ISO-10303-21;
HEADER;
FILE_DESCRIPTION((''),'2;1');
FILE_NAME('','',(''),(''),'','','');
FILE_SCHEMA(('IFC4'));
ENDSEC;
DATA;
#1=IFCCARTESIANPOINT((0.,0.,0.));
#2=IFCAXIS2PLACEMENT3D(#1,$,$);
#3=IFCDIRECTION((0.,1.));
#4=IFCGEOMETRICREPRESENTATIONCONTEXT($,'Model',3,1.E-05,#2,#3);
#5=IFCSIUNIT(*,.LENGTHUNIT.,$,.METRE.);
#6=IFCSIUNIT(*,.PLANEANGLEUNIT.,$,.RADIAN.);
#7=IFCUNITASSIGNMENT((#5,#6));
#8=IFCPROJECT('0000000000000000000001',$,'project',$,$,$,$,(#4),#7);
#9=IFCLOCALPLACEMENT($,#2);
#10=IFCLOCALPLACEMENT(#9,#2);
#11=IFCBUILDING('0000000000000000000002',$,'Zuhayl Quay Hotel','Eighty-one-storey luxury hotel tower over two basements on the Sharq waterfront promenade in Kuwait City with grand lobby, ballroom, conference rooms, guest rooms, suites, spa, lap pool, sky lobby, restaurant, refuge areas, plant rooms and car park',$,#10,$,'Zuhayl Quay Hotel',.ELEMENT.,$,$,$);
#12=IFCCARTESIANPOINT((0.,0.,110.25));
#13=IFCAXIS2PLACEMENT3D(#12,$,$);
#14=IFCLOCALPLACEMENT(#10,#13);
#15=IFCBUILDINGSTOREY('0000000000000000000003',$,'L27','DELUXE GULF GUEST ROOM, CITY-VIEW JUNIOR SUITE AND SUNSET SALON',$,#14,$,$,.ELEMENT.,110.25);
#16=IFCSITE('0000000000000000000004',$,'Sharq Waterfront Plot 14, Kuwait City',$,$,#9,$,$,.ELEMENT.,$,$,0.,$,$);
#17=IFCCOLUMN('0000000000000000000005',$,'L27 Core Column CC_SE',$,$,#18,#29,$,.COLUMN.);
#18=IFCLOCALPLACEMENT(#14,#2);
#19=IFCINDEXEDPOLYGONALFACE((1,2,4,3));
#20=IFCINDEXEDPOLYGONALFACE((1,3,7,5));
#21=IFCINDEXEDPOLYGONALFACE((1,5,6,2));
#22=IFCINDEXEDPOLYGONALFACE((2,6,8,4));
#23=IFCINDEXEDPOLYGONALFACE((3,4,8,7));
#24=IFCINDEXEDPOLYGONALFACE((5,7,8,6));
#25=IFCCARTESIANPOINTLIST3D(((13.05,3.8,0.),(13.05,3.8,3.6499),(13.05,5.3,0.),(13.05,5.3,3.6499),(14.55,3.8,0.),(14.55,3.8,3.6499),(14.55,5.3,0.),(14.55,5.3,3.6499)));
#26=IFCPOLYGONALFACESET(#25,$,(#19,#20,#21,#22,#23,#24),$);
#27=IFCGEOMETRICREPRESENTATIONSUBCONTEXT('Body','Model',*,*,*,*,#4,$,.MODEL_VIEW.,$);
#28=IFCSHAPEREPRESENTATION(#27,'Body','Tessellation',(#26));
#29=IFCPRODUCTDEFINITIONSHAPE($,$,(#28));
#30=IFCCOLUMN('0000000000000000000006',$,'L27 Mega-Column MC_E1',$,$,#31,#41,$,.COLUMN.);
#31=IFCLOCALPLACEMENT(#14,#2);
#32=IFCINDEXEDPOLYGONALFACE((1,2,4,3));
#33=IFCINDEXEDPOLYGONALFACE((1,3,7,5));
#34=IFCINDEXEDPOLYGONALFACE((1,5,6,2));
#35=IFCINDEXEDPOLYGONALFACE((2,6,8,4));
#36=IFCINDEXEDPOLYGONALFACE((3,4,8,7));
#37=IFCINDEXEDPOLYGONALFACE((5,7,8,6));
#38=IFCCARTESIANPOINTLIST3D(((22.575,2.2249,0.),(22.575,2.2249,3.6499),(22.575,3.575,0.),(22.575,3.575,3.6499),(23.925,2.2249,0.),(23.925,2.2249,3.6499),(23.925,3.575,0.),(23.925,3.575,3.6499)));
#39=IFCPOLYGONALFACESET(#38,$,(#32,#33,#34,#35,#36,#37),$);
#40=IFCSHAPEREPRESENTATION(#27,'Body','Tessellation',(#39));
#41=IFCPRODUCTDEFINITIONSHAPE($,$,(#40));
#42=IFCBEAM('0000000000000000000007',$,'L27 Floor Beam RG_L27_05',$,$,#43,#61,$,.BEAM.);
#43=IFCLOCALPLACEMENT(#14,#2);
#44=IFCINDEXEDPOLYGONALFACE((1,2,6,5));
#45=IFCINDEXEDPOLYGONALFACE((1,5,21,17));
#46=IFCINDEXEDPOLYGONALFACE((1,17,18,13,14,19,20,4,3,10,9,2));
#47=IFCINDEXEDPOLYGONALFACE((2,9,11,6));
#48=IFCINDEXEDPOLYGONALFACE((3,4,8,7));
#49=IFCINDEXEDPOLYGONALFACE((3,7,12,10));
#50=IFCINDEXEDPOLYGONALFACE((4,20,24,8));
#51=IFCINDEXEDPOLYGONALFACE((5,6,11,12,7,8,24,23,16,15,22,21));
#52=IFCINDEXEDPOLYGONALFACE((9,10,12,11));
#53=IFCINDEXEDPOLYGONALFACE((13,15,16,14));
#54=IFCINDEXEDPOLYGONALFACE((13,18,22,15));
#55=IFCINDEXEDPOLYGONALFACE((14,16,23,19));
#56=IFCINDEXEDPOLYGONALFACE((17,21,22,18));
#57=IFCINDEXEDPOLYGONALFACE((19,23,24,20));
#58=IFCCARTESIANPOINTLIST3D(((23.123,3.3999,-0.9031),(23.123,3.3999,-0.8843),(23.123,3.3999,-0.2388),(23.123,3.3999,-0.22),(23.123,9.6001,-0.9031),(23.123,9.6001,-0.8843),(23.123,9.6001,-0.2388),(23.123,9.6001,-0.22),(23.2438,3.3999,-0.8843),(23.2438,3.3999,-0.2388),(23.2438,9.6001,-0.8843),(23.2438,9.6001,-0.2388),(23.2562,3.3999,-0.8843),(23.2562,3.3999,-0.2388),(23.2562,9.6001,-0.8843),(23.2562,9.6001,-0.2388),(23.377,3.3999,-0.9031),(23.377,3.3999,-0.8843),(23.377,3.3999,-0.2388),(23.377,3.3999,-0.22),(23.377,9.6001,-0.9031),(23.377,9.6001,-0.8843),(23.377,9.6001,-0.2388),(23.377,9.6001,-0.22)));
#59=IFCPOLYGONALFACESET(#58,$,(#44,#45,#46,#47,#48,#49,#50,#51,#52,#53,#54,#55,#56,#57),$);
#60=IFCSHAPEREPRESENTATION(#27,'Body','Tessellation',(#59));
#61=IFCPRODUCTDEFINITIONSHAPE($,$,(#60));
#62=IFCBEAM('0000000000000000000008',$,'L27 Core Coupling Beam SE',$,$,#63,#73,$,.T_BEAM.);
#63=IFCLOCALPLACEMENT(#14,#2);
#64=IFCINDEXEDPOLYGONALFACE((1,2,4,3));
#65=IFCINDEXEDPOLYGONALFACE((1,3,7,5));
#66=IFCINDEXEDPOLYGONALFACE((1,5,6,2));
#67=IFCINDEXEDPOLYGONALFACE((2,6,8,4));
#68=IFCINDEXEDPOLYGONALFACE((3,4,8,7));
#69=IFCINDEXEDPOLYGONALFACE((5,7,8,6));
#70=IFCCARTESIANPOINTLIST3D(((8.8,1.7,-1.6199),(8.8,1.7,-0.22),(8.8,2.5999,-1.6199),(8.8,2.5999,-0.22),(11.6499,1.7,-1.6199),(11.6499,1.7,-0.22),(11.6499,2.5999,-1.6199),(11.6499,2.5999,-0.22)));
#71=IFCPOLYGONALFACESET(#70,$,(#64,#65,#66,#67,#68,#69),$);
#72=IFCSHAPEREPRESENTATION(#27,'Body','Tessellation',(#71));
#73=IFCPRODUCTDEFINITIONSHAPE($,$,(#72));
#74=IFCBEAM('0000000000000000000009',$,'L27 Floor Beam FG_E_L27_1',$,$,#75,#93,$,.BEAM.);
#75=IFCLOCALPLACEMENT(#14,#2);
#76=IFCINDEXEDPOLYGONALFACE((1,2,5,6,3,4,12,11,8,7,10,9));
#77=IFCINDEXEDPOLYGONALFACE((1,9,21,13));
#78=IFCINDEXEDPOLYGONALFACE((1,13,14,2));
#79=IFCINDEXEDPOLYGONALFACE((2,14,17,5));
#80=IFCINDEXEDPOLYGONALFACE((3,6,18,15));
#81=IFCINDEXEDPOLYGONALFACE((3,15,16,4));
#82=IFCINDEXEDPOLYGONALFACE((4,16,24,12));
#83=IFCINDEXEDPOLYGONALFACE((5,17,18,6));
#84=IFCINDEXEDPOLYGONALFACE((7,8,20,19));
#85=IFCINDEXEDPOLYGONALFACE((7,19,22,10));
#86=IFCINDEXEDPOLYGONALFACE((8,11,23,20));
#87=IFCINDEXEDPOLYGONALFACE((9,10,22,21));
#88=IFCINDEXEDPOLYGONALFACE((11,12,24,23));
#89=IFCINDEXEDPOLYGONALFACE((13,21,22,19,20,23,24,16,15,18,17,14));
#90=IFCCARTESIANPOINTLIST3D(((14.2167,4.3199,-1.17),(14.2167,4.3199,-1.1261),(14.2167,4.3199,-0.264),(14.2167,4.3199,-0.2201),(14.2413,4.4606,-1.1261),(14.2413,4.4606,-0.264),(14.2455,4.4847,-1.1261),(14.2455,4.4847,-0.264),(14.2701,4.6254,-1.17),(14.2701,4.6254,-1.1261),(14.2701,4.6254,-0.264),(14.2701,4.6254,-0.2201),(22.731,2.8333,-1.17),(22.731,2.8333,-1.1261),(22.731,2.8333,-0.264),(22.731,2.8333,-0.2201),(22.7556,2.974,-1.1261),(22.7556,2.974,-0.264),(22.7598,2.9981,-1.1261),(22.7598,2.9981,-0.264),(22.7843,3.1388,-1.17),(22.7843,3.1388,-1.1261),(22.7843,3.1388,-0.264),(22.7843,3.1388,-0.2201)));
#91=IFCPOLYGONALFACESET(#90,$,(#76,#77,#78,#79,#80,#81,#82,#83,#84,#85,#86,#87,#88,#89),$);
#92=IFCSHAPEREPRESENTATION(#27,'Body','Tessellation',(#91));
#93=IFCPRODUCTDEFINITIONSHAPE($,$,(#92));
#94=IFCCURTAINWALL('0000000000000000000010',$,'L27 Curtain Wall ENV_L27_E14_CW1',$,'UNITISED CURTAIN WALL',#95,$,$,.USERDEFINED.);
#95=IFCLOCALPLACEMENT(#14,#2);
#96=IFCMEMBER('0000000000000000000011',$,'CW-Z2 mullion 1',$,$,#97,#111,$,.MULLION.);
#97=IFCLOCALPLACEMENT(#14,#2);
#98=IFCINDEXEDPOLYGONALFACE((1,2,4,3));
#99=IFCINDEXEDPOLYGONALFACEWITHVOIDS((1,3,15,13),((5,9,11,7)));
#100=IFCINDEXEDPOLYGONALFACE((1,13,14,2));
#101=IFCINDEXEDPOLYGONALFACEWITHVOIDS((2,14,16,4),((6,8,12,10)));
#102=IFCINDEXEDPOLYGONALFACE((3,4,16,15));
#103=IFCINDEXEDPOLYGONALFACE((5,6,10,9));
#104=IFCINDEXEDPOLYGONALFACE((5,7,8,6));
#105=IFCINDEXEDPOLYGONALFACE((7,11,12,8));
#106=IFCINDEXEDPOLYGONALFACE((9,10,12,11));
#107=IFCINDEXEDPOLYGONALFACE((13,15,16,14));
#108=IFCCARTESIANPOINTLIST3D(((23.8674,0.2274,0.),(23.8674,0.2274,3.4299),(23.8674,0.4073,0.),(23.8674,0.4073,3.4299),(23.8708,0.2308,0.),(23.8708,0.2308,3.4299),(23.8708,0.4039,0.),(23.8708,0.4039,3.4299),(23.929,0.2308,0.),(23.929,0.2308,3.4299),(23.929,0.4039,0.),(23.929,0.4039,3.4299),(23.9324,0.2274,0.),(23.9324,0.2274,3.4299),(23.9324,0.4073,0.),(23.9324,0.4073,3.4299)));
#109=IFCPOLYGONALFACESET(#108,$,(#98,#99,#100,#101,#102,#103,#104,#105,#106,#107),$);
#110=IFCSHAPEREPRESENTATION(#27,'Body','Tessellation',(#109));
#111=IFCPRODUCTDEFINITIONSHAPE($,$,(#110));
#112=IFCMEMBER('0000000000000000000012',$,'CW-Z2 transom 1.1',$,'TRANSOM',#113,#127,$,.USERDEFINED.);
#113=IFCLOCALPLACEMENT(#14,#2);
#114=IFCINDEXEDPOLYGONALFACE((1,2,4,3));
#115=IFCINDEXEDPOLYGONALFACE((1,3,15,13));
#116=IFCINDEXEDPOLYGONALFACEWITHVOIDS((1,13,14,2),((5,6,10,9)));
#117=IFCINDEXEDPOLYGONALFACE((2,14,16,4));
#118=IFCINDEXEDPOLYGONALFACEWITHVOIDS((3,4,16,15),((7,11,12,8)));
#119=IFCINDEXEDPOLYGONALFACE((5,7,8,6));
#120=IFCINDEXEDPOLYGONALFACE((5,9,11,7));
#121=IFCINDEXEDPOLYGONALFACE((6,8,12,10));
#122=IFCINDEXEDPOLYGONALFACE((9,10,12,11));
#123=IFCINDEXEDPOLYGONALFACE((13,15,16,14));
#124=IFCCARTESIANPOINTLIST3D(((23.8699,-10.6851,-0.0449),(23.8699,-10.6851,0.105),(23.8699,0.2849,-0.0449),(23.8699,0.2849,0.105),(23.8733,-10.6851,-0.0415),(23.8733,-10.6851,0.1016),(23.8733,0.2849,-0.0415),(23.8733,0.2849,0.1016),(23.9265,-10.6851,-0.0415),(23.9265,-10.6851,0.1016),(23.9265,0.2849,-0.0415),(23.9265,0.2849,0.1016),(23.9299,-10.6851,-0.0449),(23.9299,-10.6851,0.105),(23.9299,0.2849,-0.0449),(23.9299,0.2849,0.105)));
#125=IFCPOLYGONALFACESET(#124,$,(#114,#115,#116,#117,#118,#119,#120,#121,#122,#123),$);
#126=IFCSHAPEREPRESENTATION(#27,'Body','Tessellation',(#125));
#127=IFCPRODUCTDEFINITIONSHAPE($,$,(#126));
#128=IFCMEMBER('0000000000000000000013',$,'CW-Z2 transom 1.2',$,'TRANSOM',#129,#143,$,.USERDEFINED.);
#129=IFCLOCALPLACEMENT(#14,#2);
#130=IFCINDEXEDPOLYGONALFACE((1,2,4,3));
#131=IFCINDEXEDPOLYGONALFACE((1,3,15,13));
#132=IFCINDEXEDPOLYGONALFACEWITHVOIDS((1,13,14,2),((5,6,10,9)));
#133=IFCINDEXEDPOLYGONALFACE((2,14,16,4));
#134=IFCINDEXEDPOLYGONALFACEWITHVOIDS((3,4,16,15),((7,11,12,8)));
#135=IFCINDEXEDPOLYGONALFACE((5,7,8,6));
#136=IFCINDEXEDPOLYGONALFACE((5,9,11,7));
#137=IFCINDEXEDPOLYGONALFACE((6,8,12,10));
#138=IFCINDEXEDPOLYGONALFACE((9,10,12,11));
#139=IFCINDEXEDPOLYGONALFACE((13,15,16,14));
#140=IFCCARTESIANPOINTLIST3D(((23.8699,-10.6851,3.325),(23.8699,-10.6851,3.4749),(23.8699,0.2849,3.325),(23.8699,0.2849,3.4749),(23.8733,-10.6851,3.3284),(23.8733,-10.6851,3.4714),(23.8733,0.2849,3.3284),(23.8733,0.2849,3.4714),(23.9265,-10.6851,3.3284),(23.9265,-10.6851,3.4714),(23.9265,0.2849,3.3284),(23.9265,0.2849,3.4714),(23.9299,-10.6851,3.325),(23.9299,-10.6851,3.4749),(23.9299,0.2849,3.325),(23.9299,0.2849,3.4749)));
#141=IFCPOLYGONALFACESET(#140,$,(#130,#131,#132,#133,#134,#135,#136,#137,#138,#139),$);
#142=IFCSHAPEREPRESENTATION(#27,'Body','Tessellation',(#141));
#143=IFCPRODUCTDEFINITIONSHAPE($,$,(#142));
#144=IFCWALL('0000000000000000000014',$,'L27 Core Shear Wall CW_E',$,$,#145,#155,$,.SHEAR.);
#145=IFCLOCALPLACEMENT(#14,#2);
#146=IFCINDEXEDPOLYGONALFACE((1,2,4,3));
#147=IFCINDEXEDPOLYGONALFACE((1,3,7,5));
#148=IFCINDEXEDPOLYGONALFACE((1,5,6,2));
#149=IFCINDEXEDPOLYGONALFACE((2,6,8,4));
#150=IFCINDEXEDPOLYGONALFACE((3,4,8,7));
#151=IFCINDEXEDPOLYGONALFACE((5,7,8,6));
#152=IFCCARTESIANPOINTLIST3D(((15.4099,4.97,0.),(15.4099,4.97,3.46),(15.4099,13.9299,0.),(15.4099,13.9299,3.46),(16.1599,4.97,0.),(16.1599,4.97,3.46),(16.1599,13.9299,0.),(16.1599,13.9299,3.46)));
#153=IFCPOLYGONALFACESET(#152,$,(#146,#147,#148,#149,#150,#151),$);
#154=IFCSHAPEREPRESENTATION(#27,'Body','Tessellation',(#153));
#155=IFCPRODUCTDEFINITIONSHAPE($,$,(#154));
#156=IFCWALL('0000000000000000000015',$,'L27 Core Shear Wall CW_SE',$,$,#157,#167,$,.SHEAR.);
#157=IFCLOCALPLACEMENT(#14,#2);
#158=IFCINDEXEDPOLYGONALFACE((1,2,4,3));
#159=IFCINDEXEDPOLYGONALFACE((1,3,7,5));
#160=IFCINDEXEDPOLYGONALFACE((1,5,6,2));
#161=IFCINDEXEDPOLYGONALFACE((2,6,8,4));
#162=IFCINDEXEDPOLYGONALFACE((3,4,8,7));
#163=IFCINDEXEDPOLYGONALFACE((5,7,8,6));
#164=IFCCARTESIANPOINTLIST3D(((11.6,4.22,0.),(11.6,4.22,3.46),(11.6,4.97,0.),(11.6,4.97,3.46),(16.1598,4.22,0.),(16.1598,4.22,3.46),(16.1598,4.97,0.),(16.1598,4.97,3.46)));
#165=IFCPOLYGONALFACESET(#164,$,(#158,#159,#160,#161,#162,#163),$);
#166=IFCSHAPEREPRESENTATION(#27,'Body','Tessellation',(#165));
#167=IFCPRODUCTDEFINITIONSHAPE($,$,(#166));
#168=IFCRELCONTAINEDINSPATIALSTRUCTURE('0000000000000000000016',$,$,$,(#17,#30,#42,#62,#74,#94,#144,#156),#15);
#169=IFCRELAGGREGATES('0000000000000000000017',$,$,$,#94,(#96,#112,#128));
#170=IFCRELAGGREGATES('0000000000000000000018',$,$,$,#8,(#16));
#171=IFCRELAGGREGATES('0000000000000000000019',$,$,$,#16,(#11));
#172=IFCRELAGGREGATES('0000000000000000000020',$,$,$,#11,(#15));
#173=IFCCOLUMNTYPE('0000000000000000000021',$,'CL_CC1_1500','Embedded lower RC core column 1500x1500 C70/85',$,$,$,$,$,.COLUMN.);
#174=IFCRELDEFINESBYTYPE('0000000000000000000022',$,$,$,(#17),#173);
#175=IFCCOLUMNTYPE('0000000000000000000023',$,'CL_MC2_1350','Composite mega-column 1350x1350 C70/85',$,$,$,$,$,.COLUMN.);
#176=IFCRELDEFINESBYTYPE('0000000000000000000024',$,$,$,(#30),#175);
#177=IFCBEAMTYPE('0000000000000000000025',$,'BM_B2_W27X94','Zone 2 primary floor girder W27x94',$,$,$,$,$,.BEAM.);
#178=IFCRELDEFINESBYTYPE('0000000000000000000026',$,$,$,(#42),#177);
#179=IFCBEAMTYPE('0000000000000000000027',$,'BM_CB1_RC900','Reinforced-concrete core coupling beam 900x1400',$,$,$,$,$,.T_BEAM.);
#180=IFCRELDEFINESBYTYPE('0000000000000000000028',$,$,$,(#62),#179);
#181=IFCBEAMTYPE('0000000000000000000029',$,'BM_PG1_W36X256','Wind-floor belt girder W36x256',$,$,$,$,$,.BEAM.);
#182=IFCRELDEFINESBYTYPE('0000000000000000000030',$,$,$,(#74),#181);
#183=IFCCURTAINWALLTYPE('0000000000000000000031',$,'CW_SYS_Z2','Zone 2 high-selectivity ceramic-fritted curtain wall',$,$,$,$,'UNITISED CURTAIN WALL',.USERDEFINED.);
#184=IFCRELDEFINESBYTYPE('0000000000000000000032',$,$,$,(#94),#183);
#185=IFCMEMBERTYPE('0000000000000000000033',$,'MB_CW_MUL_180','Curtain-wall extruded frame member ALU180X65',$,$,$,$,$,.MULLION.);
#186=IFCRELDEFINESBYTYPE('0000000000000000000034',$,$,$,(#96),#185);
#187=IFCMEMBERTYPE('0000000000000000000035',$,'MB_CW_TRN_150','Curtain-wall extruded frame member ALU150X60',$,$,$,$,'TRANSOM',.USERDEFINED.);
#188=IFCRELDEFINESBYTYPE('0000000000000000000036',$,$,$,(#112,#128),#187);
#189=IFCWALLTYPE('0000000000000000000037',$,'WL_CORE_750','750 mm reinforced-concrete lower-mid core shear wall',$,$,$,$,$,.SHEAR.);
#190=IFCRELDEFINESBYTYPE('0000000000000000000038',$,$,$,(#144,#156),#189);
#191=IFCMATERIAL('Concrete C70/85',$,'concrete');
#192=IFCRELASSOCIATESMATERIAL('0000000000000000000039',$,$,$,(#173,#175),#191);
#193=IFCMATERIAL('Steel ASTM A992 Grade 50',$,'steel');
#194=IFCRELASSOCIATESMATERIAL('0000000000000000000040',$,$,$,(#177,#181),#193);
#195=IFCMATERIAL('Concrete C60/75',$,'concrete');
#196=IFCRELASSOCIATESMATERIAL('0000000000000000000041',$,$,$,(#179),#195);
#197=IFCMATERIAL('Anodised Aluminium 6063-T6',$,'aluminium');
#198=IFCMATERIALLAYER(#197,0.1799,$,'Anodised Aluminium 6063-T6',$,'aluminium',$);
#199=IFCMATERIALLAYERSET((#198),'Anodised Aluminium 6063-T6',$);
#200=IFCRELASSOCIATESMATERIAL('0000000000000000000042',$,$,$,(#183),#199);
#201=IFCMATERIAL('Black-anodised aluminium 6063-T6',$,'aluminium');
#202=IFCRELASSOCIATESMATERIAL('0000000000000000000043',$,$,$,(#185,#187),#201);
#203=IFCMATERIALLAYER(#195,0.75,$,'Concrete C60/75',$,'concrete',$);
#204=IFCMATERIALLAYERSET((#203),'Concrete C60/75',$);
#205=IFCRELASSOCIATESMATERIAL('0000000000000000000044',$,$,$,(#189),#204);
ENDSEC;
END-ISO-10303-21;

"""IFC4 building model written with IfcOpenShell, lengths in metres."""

from ifc_helpers import new_model, si_unit, direction, frame, frame_2d, origin, origin_2d, place, context, subcontext, project, spatial, rectangle, hollow_rectangle, i_section, extrude, material, layer, layer_set, material_profile, profile_set, type_object, element, aggregate, save


model = new_model("IFC4")

# Units and contexts
model_context = context("Model", 3, precision=1e-05, world=origin(), true_north=direction((0.0, 1.0)))
body_context = subcontext(model_context, "Body", "Model", "MODEL_VIEW")
ifc_project = project(units=[si_unit("LENGTHUNIT", "METRE"), si_unit("PLANEANGLEUNIT", "RADIAN")], contexts=[model_context])

# Site, building, storey
site_placement = place(None, origin())
site = spatial("IfcSite", under=ifc_project, at=site_placement, Name="Sharq Waterfront Plot 14, Kuwait City", CompositionType="ELEMENT", RefElevation=0.0)
building_placement = place(site_placement, origin())
building = spatial("IfcBuilding", under=site, at=building_placement, Name="Zuhayl Quay Hotel", Description="Eighty-one-storey luxury hotel tower over two basements on the Sharq waterfront promenade in Kuwait City with grand lobby, ballroom, conference rooms, guest rooms, suites, spa, lap pool, sky lobby, restaurant, refuge areas, plant rooms and car park", LongName="Zuhayl Quay Hotel", CompositionType="ELEMENT")
storey_placement = place(building_placement, frame((0.0, 0.0, 110.25)))
storey = spatial("IfcBuildingStorey", under=building, at=storey_placement, Name="L27", Description="DELUXE GULF GUEST ROOM, CITY-VIEW JUNIOR SUITE AND SUNSET SALON", CompositionType="ELEMENT", Elevation=110.25)

# Columns
ifc_material_1 = material(Name="Concrete C70/85", Category="concrete")
ifc_material_profile_1 = material_profile(ifc_material_1, rectangle(XDim=1.5, YDim=1.5, at=origin_2d()), Name="RC1500X1500")
ifc_profile_set_1 = profile_set([ifc_material_profile_1], Name="Concrete C70/85")
column_type_1 = type_object("IfcColumnType", Name="CL_CC1_1500", Description="Embedded lower RC core column 1500x1500 C70/85", PredefinedType="COLUMN", material=ifc_profile_set_1)
column_1_placement = place(storey_placement, frame((13.8, 4.55, 0.0), z_axis=(0.0, 0.0, 1.0), x_axis=(1.0, 0.0, 0.0)))
element("IfcColumn", 1, at=column_1_placement, inside=storey, type_object=column_type_1, Name="L27 Core Column CC_SE", PredefinedType="COLUMN", context=body_context, shape_type="SweptSolid", body=[
    extrude(rectangle(XDim=1.5, YDim=1.5, at=origin_2d()), origin(), (0.0, 0.0, 1.0), 3.6499),
])
ifc_material_profile_2 = material_profile(ifc_material_1, rectangle(XDim=1.3501, YDim=1.3501, at=origin_2d()), Name="RC1350X1350")
ifc_profile_set_2 = profile_set([ifc_material_profile_2], Name="Concrete C70/85")
column_type_2 = type_object("IfcColumnType", Name="CL_MC2_1350", Description="Composite mega-column 1350x1350 C70/85", PredefinedType="COLUMN", material=ifc_profile_set_2)
column_2_placement = place(storey_placement, frame((23.25, 2.8999, 0.0), z_axis=(0.0, 0.0, 1.0), x_axis=(1.0, 0.0, 0.0)))
element("IfcColumn", 2, at=column_2_placement, inside=storey, type_object=column_type_2, Name="L27 Mega-Column MC_E1", PredefinedType="COLUMN", context=body_context, shape_type="SweptSolid", body=[
    extrude(rectangle(XDim=1.3501, YDim=1.3501, at=origin_2d()), origin(), (0.0, 0.0, 1.0), 3.6499),
])

# Beams
ifc_material_2 = material(Name="Steel ASTM A992 Grade 50", Category="steel")
ifc_material_profile_3 = material_profile(ifc_material_2, i_section(OverallWidth=0.2539, OverallDepth=0.6831, WebThickness=0.0125, FlangeThickness=0.0188, at=origin_2d()), Name="W27X94")
ifc_profile_set_3 = profile_set([ifc_material_profile_3], Name="Steel ASTM A992 Grade 50")
beam_type_1 = type_object("IfcBeamType", Name="BM_B2_W27X94", Description="Zone 2 primary floor girder W27x94", PredefinedType="BEAM", material=ifc_profile_set_3)
beam_1_placement = place(storey_placement, frame((23.25, 3.3999, -0.5615), z_axis=(0.0, 1.0, 0.0), x_axis=(-1.0, 0.0, 0.0)))
element("IfcBeam", 3, at=beam_1_placement, inside=storey, type_object=beam_type_1, Name="L27 Floor Beam RG_L27_05", PredefinedType="BEAM", context=body_context, shape_type="SweptSolid", body=[
    extrude(i_section(OverallWidth=0.2539, OverallDepth=0.6831, WebThickness=0.0125, FlangeThickness=0.0188, at=origin_2d()), origin(), (0.0, 0.0, 1.0), 6.2002),
])
ifc_material_3 = material(Name="Concrete C60/75", Category="concrete")
ifc_material_profile_4 = material_profile(ifc_material_3, rectangle(XDim=0.8999, YDim=1.3999, at=origin_2d()), Name="RC900X1400")
ifc_profile_set_4 = profile_set([ifc_material_profile_4], Name="Concrete C60/75")
beam_type_2 = type_object("IfcBeamType", Name="BM_CB1_RC900", Description="Reinforced-concrete core coupling beam 900x1400", PredefinedType="T_BEAM", material=ifc_profile_set_4)
beam_2_placement = place(storey_placement, frame((8.8, 2.1499, -0.9199), z_axis=(1.0, 0.0, 0.0), x_axis=(0.0, 1.0, 0.0)))
element("IfcBeam", 4, at=beam_2_placement, inside=storey, type_object=beam_type_2, Name="L27 Core Coupling Beam SE", PredefinedType="T_BEAM", context=body_context, shape_type="SweptSolid", body=[
    extrude(rectangle(XDim=0.8999, YDim=1.3999, at=origin_2d()), origin(), (0.0, 0.0, 1.0), 2.8499),
])
ifc_material_profile_5 = material_profile(ifc_material_2, i_section(OverallWidth=0.3101, OverallDepth=0.95, WebThickness=0.0244, FlangeThickness=0.0439, at=origin_2d()), Name="W36X256")
ifc_profile_set_5 = profile_set([ifc_material_profile_5], Name="Steel ASTM A992 Grade 50")
beam_type_3 = type_object("IfcBeamType", Name="BM_PG1_W36X256", Description="Wind-floor belt girder W36x256", PredefinedType="BEAM", material=ifc_profile_set_5)
beam_3_placement = place(storey_placement, frame((14.2434, 4.4727, -0.6951), z_axis=(0.985097, -0.171998, 0.0), x_axis=(0.171998, 0.985097, 0.0)))
element("IfcBeam", 5, at=beam_3_placement, inside=storey, type_object=beam_type_3, Name="L27 Floor Beam FG_E_L27_1", PredefinedType="BEAM", context=body_context, shape_type="SweptSolid", body=[
    extrude(i_section(OverallWidth=0.3101, OverallDepth=0.95, WebThickness=0.0244, FlangeThickness=0.0439, at=origin_2d()), origin(), (0.0, 0.0, 1.0), 8.6431),
])

# Curtain wall, members
ifc_material_4 = material(Name="Anodised Aluminium 6063-T6", Category="aluminium")
ifc_layer_1 = layer(ifc_material_4, 0.1799, Name="Anodised Aluminium 6063-T6", Category="aluminium")
ifc_layer_set_1 = layer_set([ifc_layer_1], Name="Anodised Aluminium 6063-T6")
curtain_wall_type = type_object("IfcCurtainWallType", Name="CW_SYS_Z2", Description="Zone 2 high-selectivity ceramic-fritted curtain wall", ElementType="UNITISED CURTAIN WALL", PredefinedType="USERDEFINED", material=ifc_layer_set_1)
curtain_wall_placement = place(storey_placement, origin())
curtain_wall = element("IfcCurtainWall", 6, at=curtain_wall_placement, inside=storey, type_object=curtain_wall_type, Name="L27 Curtain Wall ENV_L27_E14_CW1", ObjectType="UNITISED CURTAIN WALL", PredefinedType="USERDEFINED")
ifc_material_5 = material(Name="Black-anodised aluminium 6063-T6", Category="aluminium")
ifc_material_profile_6 = material_profile(ifc_material_5, hollow_rectangle(XDim=0.0649, YDim=0.1799, WallThickness=0.0034, at=origin_2d()), Name="ALU180X65")
ifc_profile_set_6 = profile_set([ifc_material_profile_6], Name="Black-anodised aluminium 6063-T6")
member_type_1 = type_object("IfcMemberType", Name="MB_CW_MUL_180", Description="Curtain-wall extruded frame member ALU180X65", PredefinedType="MULLION", material=ifc_profile_set_6)
member_1_placement = place(storey_placement, frame((23.8999, 0.3174, 0.0), z_axis=(0.0, 0.0, 1.0), x_axis=(1.0, 0.0, 0.0)))
member_1 = element("IfcMember", 7, at=member_1_placement, type_object=member_type_1, Name="CW-Z2 mullion 1", PredefinedType="MULLION", context=body_context, shape_type="SweptSolid", body=[
    extrude(hollow_rectangle(XDim=0.0649, YDim=0.1799, WallThickness=0.0034, at=origin_2d()), origin(), (0.0, 0.0, 1.0), 3.4299),
])
ifc_material_profile_7 = material_profile(ifc_material_5, hollow_rectangle(XDim=0.0601, YDim=0.1499, WallThickness=0.0034, at=origin_2d()), Name="ALU150X60")
ifc_profile_set_7 = profile_set([ifc_material_profile_7], Name="Black-anodised aluminium 6063-T6")
member_type_2 = type_object("IfcMemberType", Name="MB_CW_TRN_150", Description="Curtain-wall extruded frame member ALU150X60", ElementType="TRANSOM", PredefinedType="USERDEFINED", material=ifc_profile_set_7)
member_2_placement = place(storey_placement, frame((23.8999, 0.2849, 0.03), z_axis=(0.0, -1.0, 0.0), x_axis=(1.0, 0.0, 0.0)))
member_2 = element("IfcMember", 8, at=member_2_placement, type_object=member_type_2, Name="CW-Z2 transom 1.1", ObjectType="TRANSOM", PredefinedType="USERDEFINED", context=body_context, shape_type="SweptSolid", body=[
    extrude(hollow_rectangle(XDim=0.0601, YDim=0.1499, WallThickness=0.0034, at=origin_2d()), origin(), (0.0, 0.0, 1.0), 10.97),
])
member_3_placement = place(storey_placement, frame((23.8999, 0.2849, 3.3999), z_axis=(0.0, -1.0, 0.0), x_axis=(1.0, 0.0, 0.0)))
member_3 = element("IfcMember", 9, at=member_3_placement, type_object=member_type_2, Name="CW-Z2 transom 1.2", ObjectType="TRANSOM", PredefinedType="USERDEFINED", context=body_context, shape_type="SweptSolid", body=[
    extrude(hollow_rectangle(XDim=0.0601, YDim=0.1499, WallThickness=0.0034, at=origin_2d()), origin(), (0.0, 0.0, 1.0), 10.97),
])
aggregate(curtain_wall, [member_1, member_2, member_3])

# Walls
ifc_layer_2 = layer(ifc_material_3, 0.75, Name="Concrete C60/75", Category="concrete")
ifc_layer_set_2 = layer_set([ifc_layer_2], Name="Concrete C60/75")
wall_type_1 = type_object("IfcWallType", Name="WL_CORE_750", Description="750 mm reinforced-concrete lower-mid core shear wall", PredefinedType="SHEAR", material=ifc_layer_set_2)
wall_1_placement = place(storey_placement, frame((15.7849, 4.97, 0.0), z_axis=(0.0, 0.0, 1.0), x_axis=(0.0, 1.0, 0.0)))
element("IfcWall", 10, at=wall_1_placement, inside=storey, type_object=wall_type_1, Name="L27 Core Shear Wall CW_E", PredefinedType="SHEAR", context=body_context, shape_type="SweptSolid", body=[
    extrude(rectangle(XDim=8.96, YDim=0.75, at=frame_2d((4.48, 0.0))), origin(), (0.0, 0.0, 1.0), 3.46),
])
wall_2_placement = place(storey_placement, frame((11.6001, 4.595, 0.0), z_axis=(0.0, 0.0, 1.0), x_axis=(1.0, 0.0, 0.0)))
element("IfcWall", 11, at=wall_2_placement, inside=storey, type_object=wall_type_1, Name="L27 Core Shear Wall CW_SE", PredefinedType="SHEAR", context=body_context, shape_type="SweptSolid", body=[
    extrude(rectangle(XDim=4.5598, YDim=0.75, at=frame_2d((2.2798, 0.0))), origin(), (0.0, 0.0, 1.0), 3.46),
])

save(model, "model.ifc")
